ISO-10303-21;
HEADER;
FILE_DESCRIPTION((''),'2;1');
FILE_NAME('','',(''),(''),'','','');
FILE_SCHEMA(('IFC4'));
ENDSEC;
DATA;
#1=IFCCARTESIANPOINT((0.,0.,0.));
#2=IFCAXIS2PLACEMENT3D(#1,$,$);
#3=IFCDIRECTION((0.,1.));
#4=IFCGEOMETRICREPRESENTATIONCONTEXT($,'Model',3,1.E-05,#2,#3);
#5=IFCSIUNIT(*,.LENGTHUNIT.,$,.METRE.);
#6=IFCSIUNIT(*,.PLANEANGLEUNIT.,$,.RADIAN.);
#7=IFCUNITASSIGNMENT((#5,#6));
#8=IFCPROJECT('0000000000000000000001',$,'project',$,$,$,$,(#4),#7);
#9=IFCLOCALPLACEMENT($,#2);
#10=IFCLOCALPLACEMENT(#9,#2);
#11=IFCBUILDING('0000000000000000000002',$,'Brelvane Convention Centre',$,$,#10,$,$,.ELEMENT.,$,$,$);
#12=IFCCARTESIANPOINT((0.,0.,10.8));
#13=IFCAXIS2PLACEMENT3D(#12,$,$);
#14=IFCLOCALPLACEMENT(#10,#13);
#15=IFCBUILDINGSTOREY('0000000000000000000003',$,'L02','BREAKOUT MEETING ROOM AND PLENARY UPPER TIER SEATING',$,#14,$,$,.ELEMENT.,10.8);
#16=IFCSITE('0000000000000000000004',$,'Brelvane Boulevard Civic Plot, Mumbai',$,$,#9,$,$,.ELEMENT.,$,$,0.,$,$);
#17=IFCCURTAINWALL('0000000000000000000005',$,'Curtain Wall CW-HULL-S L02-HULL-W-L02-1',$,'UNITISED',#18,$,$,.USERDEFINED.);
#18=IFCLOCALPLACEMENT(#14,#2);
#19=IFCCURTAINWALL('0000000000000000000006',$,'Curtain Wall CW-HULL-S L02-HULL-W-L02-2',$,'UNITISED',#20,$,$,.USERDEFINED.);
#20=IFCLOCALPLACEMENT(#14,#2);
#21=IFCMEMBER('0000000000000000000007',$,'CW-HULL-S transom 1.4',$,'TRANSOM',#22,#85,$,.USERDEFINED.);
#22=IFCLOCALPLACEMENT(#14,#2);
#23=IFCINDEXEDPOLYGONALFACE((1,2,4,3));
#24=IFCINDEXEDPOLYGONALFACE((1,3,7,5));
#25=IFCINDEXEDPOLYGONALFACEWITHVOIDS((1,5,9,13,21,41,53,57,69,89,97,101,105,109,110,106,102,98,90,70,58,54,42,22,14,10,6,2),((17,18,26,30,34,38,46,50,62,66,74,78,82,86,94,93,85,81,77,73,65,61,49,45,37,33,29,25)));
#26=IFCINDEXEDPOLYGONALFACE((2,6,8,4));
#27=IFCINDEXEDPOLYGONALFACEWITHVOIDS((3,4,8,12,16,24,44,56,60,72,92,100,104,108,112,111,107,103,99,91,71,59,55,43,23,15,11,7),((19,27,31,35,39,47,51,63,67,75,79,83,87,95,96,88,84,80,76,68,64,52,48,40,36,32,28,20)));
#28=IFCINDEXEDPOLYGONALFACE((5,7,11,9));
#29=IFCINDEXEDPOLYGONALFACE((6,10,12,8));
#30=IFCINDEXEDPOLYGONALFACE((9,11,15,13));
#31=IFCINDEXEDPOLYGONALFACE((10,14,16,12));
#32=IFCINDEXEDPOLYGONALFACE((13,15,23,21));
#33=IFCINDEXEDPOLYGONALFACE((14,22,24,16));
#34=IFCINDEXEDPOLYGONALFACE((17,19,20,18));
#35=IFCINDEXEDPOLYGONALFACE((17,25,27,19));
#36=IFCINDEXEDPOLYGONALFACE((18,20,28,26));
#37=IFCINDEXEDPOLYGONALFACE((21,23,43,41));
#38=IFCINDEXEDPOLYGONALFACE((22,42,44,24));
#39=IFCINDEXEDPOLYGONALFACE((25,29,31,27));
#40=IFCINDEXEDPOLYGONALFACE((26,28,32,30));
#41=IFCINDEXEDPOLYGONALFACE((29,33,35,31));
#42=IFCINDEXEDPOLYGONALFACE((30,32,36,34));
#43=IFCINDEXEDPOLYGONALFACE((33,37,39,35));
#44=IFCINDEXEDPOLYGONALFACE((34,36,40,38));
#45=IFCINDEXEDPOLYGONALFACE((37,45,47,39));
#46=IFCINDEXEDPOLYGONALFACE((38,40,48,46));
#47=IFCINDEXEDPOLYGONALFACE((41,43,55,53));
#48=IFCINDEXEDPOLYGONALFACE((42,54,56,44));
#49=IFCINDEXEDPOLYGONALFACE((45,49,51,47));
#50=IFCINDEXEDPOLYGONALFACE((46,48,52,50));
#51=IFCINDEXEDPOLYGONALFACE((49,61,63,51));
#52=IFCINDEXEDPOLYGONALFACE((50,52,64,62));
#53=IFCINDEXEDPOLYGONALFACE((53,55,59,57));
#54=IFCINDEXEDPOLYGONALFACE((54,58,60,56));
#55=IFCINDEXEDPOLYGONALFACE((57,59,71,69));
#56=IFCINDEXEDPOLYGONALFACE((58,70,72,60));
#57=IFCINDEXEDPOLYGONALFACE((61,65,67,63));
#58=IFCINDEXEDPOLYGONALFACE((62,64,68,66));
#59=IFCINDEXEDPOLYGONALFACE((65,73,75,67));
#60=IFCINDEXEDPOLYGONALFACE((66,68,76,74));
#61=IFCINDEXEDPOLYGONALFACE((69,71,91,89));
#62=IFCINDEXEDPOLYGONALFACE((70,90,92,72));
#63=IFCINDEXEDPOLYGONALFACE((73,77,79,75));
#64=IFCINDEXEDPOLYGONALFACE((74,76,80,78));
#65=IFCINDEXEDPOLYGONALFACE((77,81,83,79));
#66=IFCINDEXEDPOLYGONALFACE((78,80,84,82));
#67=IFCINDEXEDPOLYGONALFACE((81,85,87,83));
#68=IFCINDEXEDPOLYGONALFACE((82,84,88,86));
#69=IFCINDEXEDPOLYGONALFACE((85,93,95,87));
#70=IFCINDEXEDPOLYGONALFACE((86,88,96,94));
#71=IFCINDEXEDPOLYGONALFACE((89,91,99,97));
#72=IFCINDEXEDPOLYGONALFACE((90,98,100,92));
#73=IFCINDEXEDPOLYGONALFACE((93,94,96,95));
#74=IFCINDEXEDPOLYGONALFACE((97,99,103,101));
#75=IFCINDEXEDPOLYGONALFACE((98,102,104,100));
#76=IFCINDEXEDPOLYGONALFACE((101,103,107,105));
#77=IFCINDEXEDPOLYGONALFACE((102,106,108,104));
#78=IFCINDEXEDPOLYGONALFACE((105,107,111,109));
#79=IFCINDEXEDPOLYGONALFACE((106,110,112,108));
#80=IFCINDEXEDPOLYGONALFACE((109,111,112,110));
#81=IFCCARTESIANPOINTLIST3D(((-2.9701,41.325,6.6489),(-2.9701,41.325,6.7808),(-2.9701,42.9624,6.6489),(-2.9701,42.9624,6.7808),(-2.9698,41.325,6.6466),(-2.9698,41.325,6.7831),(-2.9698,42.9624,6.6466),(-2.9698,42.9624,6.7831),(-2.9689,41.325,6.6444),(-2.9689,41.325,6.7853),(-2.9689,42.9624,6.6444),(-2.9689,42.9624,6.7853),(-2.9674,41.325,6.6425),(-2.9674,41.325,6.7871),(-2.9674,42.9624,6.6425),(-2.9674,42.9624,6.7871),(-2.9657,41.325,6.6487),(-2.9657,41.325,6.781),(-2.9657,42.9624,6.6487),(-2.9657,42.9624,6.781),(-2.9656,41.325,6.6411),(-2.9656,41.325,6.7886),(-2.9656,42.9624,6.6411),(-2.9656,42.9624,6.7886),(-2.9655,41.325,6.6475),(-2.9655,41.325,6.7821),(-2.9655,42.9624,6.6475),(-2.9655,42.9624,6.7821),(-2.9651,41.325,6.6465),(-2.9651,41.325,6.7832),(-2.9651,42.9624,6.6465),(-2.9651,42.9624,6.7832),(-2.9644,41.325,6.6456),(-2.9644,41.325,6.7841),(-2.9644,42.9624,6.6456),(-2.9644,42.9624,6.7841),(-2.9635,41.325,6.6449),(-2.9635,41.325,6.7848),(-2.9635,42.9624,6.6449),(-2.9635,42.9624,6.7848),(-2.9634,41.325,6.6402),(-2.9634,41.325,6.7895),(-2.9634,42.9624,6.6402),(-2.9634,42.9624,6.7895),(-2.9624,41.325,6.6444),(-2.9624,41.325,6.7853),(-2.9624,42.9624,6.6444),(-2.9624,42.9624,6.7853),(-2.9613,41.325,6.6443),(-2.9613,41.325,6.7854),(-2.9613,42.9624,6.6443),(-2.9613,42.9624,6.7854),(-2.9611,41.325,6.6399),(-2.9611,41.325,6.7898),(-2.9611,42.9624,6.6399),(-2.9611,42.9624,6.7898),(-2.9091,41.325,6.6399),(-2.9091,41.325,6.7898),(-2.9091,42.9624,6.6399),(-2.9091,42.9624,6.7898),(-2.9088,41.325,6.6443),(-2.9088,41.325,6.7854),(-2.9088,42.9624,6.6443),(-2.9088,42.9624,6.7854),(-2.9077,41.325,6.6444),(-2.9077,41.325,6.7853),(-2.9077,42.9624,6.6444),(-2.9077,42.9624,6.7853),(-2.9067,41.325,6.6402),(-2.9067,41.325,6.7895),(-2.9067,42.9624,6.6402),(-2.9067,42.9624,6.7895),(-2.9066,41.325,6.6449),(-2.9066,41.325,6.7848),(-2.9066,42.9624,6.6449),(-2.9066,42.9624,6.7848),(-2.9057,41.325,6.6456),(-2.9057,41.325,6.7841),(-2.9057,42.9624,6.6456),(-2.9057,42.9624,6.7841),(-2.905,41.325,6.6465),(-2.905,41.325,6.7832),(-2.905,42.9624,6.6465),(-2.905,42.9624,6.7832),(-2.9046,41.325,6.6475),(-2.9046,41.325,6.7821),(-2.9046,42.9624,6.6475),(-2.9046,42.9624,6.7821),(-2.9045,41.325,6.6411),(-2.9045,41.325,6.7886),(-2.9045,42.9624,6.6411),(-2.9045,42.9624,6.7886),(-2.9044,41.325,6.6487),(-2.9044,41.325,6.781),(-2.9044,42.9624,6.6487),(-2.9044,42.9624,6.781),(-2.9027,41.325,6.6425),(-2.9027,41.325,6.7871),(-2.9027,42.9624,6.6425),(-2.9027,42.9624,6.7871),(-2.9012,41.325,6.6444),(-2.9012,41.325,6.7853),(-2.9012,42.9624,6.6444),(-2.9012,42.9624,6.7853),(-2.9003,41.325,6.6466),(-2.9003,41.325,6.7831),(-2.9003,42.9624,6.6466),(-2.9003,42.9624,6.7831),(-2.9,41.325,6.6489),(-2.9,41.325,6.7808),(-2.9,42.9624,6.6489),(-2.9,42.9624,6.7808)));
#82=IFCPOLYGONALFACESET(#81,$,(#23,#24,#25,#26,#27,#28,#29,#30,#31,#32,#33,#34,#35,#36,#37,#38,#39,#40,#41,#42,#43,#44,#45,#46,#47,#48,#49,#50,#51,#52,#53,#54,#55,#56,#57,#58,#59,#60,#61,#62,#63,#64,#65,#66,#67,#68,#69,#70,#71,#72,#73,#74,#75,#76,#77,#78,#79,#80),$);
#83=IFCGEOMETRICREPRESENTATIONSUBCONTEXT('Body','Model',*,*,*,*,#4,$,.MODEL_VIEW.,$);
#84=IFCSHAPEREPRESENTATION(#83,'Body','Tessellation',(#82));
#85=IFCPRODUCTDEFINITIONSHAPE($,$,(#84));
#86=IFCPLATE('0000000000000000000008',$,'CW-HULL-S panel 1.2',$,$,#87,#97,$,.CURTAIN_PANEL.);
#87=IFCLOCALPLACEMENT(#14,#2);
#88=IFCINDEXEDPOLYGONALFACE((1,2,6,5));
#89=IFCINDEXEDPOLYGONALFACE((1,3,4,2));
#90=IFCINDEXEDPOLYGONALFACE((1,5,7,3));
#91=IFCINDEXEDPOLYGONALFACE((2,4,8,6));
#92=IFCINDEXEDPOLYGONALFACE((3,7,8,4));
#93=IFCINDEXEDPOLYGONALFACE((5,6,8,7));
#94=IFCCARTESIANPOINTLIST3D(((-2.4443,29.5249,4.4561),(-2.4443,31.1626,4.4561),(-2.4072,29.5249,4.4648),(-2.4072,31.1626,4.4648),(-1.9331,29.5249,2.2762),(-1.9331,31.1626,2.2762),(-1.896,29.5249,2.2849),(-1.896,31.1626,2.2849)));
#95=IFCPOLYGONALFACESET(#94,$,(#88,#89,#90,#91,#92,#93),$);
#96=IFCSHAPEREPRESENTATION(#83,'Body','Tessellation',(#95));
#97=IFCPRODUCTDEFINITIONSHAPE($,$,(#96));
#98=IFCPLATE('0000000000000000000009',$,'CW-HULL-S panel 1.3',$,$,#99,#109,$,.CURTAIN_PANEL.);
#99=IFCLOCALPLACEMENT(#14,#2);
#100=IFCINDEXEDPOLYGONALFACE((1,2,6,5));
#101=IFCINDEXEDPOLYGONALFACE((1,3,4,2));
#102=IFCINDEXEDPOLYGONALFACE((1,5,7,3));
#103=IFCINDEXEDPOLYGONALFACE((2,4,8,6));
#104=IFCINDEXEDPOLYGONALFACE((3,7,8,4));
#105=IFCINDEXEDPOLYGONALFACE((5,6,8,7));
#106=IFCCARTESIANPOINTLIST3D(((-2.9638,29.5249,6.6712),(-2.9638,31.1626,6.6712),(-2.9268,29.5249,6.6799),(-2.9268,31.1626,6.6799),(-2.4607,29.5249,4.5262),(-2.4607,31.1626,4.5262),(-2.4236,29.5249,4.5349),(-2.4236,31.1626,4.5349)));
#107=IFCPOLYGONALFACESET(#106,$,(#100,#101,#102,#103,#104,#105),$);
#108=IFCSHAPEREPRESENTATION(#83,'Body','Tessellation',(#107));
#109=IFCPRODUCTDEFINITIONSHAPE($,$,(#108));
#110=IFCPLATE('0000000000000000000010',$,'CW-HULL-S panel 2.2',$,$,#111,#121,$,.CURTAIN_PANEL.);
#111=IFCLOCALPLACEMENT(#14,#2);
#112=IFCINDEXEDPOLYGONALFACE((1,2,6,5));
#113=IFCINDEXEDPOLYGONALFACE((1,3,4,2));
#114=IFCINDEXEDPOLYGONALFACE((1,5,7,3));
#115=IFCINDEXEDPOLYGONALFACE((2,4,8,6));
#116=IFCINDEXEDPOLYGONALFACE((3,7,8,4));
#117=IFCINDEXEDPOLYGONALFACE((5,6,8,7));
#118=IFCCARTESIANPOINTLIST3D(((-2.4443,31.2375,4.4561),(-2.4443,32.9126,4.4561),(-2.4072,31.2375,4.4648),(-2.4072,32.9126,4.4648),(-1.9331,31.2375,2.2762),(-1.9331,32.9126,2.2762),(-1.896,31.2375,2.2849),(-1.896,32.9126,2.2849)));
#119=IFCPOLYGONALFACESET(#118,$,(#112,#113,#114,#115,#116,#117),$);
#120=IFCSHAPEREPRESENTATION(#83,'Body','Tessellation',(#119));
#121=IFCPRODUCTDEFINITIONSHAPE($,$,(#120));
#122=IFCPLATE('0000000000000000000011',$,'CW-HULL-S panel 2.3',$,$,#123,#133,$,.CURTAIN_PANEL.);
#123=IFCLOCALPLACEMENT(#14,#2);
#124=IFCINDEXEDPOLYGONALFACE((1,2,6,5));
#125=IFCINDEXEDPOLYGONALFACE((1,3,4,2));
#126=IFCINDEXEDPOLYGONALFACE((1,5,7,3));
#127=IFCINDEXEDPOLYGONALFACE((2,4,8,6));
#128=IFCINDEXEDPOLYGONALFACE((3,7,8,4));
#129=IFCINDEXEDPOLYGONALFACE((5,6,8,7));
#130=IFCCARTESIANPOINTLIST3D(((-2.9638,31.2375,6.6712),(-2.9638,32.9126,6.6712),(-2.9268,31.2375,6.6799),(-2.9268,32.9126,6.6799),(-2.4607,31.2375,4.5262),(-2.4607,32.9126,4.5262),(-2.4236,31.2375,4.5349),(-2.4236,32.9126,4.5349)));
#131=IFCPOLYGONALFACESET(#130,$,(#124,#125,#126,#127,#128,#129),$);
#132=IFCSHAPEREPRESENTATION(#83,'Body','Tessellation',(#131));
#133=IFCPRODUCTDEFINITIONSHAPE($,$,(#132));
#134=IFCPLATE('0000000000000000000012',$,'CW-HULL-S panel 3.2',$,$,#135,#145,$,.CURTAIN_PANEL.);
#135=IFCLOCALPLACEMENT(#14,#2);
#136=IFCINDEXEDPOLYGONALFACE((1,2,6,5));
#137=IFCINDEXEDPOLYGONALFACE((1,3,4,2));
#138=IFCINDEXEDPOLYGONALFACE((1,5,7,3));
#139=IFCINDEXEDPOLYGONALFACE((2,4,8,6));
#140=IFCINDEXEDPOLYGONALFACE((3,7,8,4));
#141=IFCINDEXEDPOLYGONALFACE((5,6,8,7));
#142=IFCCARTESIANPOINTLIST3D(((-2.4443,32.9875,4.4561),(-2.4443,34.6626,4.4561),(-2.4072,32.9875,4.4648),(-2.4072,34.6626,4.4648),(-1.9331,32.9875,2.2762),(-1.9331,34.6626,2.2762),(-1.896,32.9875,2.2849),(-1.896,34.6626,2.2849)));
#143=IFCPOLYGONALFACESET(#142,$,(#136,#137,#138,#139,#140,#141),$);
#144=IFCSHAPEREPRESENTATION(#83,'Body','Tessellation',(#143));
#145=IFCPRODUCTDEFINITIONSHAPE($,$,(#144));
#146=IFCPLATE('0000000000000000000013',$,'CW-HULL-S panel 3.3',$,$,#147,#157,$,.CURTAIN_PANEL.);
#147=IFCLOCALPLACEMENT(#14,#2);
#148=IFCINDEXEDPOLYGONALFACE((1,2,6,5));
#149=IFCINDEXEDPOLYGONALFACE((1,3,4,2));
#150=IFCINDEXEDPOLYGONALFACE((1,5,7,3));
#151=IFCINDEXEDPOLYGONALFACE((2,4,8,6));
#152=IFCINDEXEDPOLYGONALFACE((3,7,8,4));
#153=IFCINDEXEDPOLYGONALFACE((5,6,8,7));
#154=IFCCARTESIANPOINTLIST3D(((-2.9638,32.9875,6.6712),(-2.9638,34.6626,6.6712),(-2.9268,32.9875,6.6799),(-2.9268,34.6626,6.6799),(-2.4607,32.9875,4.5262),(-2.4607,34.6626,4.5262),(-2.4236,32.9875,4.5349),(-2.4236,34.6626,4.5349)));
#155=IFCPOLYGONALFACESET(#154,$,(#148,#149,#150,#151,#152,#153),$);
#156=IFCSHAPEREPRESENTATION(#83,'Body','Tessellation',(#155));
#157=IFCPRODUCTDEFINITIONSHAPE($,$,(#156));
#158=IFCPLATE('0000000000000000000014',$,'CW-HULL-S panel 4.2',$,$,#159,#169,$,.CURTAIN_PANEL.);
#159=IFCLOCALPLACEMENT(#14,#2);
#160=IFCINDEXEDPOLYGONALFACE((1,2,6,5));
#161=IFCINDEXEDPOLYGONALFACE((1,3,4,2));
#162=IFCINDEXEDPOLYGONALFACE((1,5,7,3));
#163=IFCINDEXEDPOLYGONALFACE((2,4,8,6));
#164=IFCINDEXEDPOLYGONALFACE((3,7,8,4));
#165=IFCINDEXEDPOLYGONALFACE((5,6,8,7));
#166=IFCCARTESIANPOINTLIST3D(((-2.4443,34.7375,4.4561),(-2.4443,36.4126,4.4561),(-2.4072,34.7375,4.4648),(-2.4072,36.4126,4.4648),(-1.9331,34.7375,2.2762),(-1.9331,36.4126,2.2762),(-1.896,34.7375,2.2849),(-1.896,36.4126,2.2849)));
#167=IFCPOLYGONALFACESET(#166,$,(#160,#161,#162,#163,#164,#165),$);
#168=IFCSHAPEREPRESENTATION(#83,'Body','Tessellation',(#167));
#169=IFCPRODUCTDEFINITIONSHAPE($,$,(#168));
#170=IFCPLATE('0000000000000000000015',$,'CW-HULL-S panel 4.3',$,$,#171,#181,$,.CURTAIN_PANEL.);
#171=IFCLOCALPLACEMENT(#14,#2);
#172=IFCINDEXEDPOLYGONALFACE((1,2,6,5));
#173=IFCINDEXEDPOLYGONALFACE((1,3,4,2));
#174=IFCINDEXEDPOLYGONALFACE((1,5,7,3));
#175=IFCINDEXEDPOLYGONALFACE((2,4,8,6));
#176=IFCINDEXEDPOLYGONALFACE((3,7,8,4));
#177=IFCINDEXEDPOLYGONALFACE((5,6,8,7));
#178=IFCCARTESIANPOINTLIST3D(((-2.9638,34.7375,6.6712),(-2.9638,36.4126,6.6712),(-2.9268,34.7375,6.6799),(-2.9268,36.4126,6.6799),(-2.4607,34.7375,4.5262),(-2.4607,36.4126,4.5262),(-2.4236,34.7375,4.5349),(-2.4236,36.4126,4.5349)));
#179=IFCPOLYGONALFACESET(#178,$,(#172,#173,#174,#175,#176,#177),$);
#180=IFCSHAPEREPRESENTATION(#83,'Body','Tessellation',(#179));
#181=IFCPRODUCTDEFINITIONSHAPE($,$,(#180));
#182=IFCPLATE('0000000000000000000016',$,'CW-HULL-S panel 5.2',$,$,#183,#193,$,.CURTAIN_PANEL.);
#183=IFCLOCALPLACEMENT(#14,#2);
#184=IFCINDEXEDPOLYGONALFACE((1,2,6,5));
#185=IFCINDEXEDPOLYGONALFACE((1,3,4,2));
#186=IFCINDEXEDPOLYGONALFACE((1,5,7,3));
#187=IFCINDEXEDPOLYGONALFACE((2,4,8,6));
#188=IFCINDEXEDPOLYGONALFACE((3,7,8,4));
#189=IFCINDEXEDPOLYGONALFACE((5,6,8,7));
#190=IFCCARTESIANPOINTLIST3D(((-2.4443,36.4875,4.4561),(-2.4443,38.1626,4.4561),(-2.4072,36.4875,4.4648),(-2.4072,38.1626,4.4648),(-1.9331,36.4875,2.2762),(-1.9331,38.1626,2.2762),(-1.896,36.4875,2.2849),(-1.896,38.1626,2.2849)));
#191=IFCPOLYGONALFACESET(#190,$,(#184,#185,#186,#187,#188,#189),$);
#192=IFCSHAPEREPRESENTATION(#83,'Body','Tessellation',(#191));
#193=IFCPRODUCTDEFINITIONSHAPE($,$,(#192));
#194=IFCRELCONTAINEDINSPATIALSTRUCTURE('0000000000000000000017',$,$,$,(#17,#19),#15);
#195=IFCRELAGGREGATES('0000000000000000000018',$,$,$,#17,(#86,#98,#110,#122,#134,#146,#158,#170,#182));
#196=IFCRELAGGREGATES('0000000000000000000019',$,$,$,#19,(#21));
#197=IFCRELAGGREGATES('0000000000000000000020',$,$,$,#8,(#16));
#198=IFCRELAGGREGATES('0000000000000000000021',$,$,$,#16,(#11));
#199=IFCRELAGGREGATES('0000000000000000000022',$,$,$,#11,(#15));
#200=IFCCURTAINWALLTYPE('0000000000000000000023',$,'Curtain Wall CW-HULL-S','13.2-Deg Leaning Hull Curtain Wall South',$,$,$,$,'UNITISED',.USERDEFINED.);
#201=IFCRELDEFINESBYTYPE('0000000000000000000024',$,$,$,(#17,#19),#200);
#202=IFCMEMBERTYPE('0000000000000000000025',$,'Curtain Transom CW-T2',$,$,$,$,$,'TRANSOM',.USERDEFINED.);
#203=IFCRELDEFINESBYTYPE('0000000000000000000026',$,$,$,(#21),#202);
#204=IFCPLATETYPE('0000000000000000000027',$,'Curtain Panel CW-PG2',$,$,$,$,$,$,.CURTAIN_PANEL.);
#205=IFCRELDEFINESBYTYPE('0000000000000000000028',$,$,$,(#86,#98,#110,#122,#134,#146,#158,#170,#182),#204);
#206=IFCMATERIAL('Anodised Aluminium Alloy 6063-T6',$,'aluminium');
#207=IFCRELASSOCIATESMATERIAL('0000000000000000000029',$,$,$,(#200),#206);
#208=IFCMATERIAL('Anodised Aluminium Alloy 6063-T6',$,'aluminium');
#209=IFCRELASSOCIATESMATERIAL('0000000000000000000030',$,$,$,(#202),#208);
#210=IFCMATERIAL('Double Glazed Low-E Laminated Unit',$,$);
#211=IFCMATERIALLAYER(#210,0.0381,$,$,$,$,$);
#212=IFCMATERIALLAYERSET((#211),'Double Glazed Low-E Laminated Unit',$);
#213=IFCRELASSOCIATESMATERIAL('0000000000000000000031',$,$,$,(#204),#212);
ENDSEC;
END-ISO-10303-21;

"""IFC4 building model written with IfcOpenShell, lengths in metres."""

from ifc_helpers import new_model, si_unit, direction, frame, origin, origin_2d, place, context, subcontext, project, spatial, polyline, hollow_rectangle, outline, extrude, material, layer, layer_set, material_profile, profile_set, type_object, element, aggregate, save


model = new_model("IFC4")

# Units and contexts
model_context = context("Model", 3, precision=1e-05, world=origin(), true_north=direction((0.0, 1.0)))
body_context = subcontext(model_context, "Body", "Model", "MODEL_VIEW")
ifc_project = project(units=[si_unit("LENGTHUNIT", "METRE"), si_unit("PLANEANGLEUNIT", "RADIAN")], contexts=[model_context])

# Site, building, storey
site_placement = place(None, origin())
site = spatial("IfcSite", under=ifc_project, at=site_placement, Name="Brelvane Boulevard Civic Plot, Mumbai", CompositionType="ELEMENT", RefElevation=0.0)
building_placement = place(site_placement, origin())
building = spatial("IfcBuilding", under=site, at=building_placement, Name="Brelvane Convention Centre", CompositionType="ELEMENT")
storey_placement = place(building_placement, frame((0.0, 0.0, 10.8)))
storey = spatial("IfcBuildingStorey", under=building, at=storey_placement, Name="L02", Description="BREAKOUT MEETING ROOM AND PLENARY UPPER TIER SEATING", CompositionType="ELEMENT", Elevation=10.8)

# Curtain walls, member
ifc_material_1 = material(Name="Anodised Aluminium Alloy 6063-T6", Category="aluminium")
curtain_wall_type = type_object("IfcCurtainWallType", Name="Curtain Wall CW-HULL-S", Description="13.2-Deg Leaning Hull Curtain Wall South", ElementType="UNITISED", PredefinedType="USERDEFINED", material=ifc_material_1)
curtain_wall_1_placement = place(storey_placement, origin())
curtain_wall_1 = element("IfcCurtainWall", 1, at=curtain_wall_1_placement, inside=storey, type_object=curtain_wall_type, Name="Curtain Wall CW-HULL-S L02-HULL-W-L02-1", ObjectType="UNITISED", PredefinedType="USERDEFINED")
ifc_material_2 = material(Name="Anodised Aluminium Alloy 6063-T6", Category="aluminium")
ifc_material_profile = material_profile(ifc_material_2, hollow_rectangle(XDim=0.0701, YDim=0.1499, WallThickness=0.0044, InnerFilletRadius=0.0044, OuterFilletRadius=0.009, at=origin_2d()), Name="ALU-T 150x70x4.5")
ifc_profile_set = profile_set([ifc_material_profile], Name="Anodised Aluminium Alloy 6063-T6")
member_type = type_object("IfcMemberType", Name="Curtain Transom CW-T2", ElementType="TRANSOM", PredefinedType="USERDEFINED", material=ifc_profile_set)
curtain_wall_2_placement = place(storey_placement, origin())
curtain_wall_2 = element("IfcCurtainWall", 2, at=curtain_wall_2_placement, inside=storey, type_object=curtain_wall_type, Name="Curtain Wall CW-HULL-S L02-HULL-W-L02-2", ObjectType="UNITISED", PredefinedType="USERDEFINED")
member_1_placement = place(storey_placement, frame((-2.9351, 41.325, 6.7148), z_axis=(0.0, 1.0, 0.0), x_axis=(-1.0, 0.0, 0.0)))
member_1 = element("IfcMember", 3, at=member_1_placement, type_object=member_type, Name="CW-HULL-S transom 1.4", ObjectType="TRANSOM", PredefinedType="USERDEFINED", context=body_context, shape_type="SweptSolid", body=[
    extrude(hollow_rectangle(XDim=0.0701, YDim=0.1499, WallThickness=0.0044, InnerFilletRadius=0.0044, OuterFilletRadius=0.009, at=origin_2d()), origin(), (0.0, 0.0, 1.0), 1.6375),
])

# Plates
ifc_material_3 = material(Name="Double Glazed Low-E Laminated Unit")
ifc_layer = layer(ifc_material_3, 0.0381)
ifc_layer_set = layer_set([ifc_layer], Name="Double Glazed Low-E Laminated Unit")
plate_type = type_object("IfcPlateType", Name="Curtain Panel CW-PG2", PredefinedType="CURTAIN_PANEL", material=ifc_layer_set)
plate_1_placement = place(storey_placement, frame((-1.896, 29.5249, 2.2849), z_axis=(0.973586, 0.0, 0.228322), x_axis=(0.0, 1.0, 0.0)))
plate_1 = element("IfcPlate", 4, at=plate_1_placement, type_object=plate_type, Name="CW-HULL-S panel 1.2", PredefinedType="CURTAIN_PANEL", context=body_context, shape_type="SweptSolid", body=[
    extrude(outline(polyline([(0.0, 0.0), (1.6377, 0.0), (1.6377, 2.2391), (0.0, 2.2391), (0.0, 0.0)])), origin(), (0.0, 0.0, -1.0), 0.0381),
])
plate_2_placement = place(storey_placement, frame((-2.4236, 29.5249, 4.5349), z_axis=(0.973572, 0.0, 0.228378), x_axis=(0.0, 1.0, 0.0)))
plate_2 = element("IfcPlate", 5, at=plate_2_placement, type_object=plate_type, Name="CW-HULL-S panel 1.3", PredefinedType="CURTAIN_PANEL", context=body_context, shape_type="SweptSolid", body=[
    extrude(outline(polyline([(0.0, 0.0), (1.6377, 0.0), (1.6377, 2.2032), (0.0, 2.2032), (0.0, 0.0)])), origin(), (0.0, 0.0, -1.0), 0.0381),
])
plate_3_placement = place(storey_placement, frame((-1.896, 31.2375, 2.2849), z_axis=(0.973586, 0.0, 0.228322), x_axis=(0.0, 1.0, 0.0)))
plate_3 = element("IfcPlate", 6, at=plate_3_placement, type_object=plate_type, Name="CW-HULL-S panel 2.2", PredefinedType="CURTAIN_PANEL", context=body_context, shape_type="SweptSolid", body=[
    extrude(outline(polyline([(0.0, 0.0), (1.675, 0.0), (1.675, 2.2391), (0.0, 2.2391), (0.0, 0.0)])), origin(), (0.0, 0.0, -1.0), 0.0381),
])
plate_4_placement = place(storey_placement, frame((-2.4236, 31.2375, 4.5349), z_axis=(0.973572, 0.0, 0.228378), x_axis=(0.0, 1.0, 0.0)))
plate_4 = element("IfcPlate", 7, at=plate_4_placement, type_object=plate_type, Name="CW-HULL-S panel 2.3", PredefinedType="CURTAIN_PANEL", context=body_context, shape_type="SweptSolid", body=[
    extrude(outline(polyline([(0.0, 0.0), (1.675, 0.0), (1.675, 2.2032), (0.0, 2.2032), (0.0, 0.0)])), origin(), (0.0, 0.0, -1.0), 0.0381),
])
plate_5_placement = place(storey_placement, frame((-1.896, 32.9875, 2.2849), z_axis=(0.973586, 0.0, 0.228322), x_axis=(0.0, 1.0, 0.0)))
plate_5 = element("IfcPlate", 8, at=plate_5_placement, type_object=plate_type, Name="CW-HULL-S panel 3.2", PredefinedType="CURTAIN_PANEL", context=body_context, shape_type="SweptSolid", body=[
    extrude(outline(polyline([(0.0, 0.0), (1.675, 0.0), (1.675, 2.2391), (0.0, 2.2391), (0.0, 0.0)])), origin(), (0.0, 0.0, -1.0), 0.0381),
])
plate_6_placement = place(storey_placement, frame((-2.4236, 32.9875, 4.5349), z_axis=(0.973572, 0.0, 0.228378), x_axis=(0.0, 1.0, 0.0)))
plate_6 = element("IfcPlate", 9, at=plate_6_placement, type_object=plate_type, Name="CW-HULL-S panel 3.3", PredefinedType="CURTAIN_PANEL", context=body_context, shape_type="SweptSolid", body=[
    extrude(outline(polyline([(0.0, 0.0), (1.675, 0.0), (1.675, 2.2032), (0.0, 2.2032), (0.0, 0.0)])), origin(), (0.0, 0.0, -1.0), 0.0381),
])
plate_7_placement = place(storey_placement, frame((-1.896, 34.7375, 2.2849), z_axis=(0.973586, 0.0, 0.228322), x_axis=(0.0, 1.0, 0.0)))
plate_7 = element("IfcPlate", 10, at=plate_7_placement, type_object=plate_type, Name="CW-HULL-S panel 4.2", PredefinedType="CURTAIN_PANEL", context=body_context, shape_type="SweptSolid", body=[
    extrude(outline(polyline([(0.0, 0.0), (1.675, 0.0), (1.675, 2.2391), (0.0, 2.2391), (0.0, 0.0)])), origin(), (0.0, 0.0, -1.0), 0.0381),
])
plate_8_placement = place(storey_placement, frame((-2.4236, 34.7375, 4.5349), z_axis=(0.973572, 0.0, 0.228378), x_axis=(0.0, 1.0, 0.0)))
plate_8 = element("IfcPlate", 11, at=plate_8_placement, type_object=plate_type, Name="CW-HULL-S panel 4.3", PredefinedType="CURTAIN_PANEL", context=body_context, shape_type="SweptSolid", body=[
    extrude(outline(polyline([(0.0, 0.0), (1.675, 0.0), (1.675, 2.2032), (0.0, 2.2032), (0.0, 0.0)])), origin(), (0.0, 0.0, -1.0), 0.0381),
])
plate_9_placement = place(storey_placement, frame((-1.896, 36.4875, 2.2849), z_axis=(0.973586, 0.0, 0.228322), x_axis=(0.0, 1.0, 0.0)))
plate_9 = element("IfcPlate", 12, at=plate_9_placement, type_object=plate_type, Name="CW-HULL-S panel 5.2", PredefinedType="CURTAIN_PANEL", context=body_context, shape_type="SweptSolid", body=[
    extrude(outline(polyline([(0.0, 0.0), (1.675, 0.0), (1.675, 2.2391), (0.0, 2.2391), (0.0, 0.0)])), origin(), (0.0, 0.0, -1.0), 0.0381),
])
aggregate(curtain_wall_1, [plate_1, plate_2, plate_3, plate_4, plate_5, plate_6, plate_7, plate_8, plate_9])
aggregate(curtain_wall_2, [member_1])

save(model, "model.ifc")
